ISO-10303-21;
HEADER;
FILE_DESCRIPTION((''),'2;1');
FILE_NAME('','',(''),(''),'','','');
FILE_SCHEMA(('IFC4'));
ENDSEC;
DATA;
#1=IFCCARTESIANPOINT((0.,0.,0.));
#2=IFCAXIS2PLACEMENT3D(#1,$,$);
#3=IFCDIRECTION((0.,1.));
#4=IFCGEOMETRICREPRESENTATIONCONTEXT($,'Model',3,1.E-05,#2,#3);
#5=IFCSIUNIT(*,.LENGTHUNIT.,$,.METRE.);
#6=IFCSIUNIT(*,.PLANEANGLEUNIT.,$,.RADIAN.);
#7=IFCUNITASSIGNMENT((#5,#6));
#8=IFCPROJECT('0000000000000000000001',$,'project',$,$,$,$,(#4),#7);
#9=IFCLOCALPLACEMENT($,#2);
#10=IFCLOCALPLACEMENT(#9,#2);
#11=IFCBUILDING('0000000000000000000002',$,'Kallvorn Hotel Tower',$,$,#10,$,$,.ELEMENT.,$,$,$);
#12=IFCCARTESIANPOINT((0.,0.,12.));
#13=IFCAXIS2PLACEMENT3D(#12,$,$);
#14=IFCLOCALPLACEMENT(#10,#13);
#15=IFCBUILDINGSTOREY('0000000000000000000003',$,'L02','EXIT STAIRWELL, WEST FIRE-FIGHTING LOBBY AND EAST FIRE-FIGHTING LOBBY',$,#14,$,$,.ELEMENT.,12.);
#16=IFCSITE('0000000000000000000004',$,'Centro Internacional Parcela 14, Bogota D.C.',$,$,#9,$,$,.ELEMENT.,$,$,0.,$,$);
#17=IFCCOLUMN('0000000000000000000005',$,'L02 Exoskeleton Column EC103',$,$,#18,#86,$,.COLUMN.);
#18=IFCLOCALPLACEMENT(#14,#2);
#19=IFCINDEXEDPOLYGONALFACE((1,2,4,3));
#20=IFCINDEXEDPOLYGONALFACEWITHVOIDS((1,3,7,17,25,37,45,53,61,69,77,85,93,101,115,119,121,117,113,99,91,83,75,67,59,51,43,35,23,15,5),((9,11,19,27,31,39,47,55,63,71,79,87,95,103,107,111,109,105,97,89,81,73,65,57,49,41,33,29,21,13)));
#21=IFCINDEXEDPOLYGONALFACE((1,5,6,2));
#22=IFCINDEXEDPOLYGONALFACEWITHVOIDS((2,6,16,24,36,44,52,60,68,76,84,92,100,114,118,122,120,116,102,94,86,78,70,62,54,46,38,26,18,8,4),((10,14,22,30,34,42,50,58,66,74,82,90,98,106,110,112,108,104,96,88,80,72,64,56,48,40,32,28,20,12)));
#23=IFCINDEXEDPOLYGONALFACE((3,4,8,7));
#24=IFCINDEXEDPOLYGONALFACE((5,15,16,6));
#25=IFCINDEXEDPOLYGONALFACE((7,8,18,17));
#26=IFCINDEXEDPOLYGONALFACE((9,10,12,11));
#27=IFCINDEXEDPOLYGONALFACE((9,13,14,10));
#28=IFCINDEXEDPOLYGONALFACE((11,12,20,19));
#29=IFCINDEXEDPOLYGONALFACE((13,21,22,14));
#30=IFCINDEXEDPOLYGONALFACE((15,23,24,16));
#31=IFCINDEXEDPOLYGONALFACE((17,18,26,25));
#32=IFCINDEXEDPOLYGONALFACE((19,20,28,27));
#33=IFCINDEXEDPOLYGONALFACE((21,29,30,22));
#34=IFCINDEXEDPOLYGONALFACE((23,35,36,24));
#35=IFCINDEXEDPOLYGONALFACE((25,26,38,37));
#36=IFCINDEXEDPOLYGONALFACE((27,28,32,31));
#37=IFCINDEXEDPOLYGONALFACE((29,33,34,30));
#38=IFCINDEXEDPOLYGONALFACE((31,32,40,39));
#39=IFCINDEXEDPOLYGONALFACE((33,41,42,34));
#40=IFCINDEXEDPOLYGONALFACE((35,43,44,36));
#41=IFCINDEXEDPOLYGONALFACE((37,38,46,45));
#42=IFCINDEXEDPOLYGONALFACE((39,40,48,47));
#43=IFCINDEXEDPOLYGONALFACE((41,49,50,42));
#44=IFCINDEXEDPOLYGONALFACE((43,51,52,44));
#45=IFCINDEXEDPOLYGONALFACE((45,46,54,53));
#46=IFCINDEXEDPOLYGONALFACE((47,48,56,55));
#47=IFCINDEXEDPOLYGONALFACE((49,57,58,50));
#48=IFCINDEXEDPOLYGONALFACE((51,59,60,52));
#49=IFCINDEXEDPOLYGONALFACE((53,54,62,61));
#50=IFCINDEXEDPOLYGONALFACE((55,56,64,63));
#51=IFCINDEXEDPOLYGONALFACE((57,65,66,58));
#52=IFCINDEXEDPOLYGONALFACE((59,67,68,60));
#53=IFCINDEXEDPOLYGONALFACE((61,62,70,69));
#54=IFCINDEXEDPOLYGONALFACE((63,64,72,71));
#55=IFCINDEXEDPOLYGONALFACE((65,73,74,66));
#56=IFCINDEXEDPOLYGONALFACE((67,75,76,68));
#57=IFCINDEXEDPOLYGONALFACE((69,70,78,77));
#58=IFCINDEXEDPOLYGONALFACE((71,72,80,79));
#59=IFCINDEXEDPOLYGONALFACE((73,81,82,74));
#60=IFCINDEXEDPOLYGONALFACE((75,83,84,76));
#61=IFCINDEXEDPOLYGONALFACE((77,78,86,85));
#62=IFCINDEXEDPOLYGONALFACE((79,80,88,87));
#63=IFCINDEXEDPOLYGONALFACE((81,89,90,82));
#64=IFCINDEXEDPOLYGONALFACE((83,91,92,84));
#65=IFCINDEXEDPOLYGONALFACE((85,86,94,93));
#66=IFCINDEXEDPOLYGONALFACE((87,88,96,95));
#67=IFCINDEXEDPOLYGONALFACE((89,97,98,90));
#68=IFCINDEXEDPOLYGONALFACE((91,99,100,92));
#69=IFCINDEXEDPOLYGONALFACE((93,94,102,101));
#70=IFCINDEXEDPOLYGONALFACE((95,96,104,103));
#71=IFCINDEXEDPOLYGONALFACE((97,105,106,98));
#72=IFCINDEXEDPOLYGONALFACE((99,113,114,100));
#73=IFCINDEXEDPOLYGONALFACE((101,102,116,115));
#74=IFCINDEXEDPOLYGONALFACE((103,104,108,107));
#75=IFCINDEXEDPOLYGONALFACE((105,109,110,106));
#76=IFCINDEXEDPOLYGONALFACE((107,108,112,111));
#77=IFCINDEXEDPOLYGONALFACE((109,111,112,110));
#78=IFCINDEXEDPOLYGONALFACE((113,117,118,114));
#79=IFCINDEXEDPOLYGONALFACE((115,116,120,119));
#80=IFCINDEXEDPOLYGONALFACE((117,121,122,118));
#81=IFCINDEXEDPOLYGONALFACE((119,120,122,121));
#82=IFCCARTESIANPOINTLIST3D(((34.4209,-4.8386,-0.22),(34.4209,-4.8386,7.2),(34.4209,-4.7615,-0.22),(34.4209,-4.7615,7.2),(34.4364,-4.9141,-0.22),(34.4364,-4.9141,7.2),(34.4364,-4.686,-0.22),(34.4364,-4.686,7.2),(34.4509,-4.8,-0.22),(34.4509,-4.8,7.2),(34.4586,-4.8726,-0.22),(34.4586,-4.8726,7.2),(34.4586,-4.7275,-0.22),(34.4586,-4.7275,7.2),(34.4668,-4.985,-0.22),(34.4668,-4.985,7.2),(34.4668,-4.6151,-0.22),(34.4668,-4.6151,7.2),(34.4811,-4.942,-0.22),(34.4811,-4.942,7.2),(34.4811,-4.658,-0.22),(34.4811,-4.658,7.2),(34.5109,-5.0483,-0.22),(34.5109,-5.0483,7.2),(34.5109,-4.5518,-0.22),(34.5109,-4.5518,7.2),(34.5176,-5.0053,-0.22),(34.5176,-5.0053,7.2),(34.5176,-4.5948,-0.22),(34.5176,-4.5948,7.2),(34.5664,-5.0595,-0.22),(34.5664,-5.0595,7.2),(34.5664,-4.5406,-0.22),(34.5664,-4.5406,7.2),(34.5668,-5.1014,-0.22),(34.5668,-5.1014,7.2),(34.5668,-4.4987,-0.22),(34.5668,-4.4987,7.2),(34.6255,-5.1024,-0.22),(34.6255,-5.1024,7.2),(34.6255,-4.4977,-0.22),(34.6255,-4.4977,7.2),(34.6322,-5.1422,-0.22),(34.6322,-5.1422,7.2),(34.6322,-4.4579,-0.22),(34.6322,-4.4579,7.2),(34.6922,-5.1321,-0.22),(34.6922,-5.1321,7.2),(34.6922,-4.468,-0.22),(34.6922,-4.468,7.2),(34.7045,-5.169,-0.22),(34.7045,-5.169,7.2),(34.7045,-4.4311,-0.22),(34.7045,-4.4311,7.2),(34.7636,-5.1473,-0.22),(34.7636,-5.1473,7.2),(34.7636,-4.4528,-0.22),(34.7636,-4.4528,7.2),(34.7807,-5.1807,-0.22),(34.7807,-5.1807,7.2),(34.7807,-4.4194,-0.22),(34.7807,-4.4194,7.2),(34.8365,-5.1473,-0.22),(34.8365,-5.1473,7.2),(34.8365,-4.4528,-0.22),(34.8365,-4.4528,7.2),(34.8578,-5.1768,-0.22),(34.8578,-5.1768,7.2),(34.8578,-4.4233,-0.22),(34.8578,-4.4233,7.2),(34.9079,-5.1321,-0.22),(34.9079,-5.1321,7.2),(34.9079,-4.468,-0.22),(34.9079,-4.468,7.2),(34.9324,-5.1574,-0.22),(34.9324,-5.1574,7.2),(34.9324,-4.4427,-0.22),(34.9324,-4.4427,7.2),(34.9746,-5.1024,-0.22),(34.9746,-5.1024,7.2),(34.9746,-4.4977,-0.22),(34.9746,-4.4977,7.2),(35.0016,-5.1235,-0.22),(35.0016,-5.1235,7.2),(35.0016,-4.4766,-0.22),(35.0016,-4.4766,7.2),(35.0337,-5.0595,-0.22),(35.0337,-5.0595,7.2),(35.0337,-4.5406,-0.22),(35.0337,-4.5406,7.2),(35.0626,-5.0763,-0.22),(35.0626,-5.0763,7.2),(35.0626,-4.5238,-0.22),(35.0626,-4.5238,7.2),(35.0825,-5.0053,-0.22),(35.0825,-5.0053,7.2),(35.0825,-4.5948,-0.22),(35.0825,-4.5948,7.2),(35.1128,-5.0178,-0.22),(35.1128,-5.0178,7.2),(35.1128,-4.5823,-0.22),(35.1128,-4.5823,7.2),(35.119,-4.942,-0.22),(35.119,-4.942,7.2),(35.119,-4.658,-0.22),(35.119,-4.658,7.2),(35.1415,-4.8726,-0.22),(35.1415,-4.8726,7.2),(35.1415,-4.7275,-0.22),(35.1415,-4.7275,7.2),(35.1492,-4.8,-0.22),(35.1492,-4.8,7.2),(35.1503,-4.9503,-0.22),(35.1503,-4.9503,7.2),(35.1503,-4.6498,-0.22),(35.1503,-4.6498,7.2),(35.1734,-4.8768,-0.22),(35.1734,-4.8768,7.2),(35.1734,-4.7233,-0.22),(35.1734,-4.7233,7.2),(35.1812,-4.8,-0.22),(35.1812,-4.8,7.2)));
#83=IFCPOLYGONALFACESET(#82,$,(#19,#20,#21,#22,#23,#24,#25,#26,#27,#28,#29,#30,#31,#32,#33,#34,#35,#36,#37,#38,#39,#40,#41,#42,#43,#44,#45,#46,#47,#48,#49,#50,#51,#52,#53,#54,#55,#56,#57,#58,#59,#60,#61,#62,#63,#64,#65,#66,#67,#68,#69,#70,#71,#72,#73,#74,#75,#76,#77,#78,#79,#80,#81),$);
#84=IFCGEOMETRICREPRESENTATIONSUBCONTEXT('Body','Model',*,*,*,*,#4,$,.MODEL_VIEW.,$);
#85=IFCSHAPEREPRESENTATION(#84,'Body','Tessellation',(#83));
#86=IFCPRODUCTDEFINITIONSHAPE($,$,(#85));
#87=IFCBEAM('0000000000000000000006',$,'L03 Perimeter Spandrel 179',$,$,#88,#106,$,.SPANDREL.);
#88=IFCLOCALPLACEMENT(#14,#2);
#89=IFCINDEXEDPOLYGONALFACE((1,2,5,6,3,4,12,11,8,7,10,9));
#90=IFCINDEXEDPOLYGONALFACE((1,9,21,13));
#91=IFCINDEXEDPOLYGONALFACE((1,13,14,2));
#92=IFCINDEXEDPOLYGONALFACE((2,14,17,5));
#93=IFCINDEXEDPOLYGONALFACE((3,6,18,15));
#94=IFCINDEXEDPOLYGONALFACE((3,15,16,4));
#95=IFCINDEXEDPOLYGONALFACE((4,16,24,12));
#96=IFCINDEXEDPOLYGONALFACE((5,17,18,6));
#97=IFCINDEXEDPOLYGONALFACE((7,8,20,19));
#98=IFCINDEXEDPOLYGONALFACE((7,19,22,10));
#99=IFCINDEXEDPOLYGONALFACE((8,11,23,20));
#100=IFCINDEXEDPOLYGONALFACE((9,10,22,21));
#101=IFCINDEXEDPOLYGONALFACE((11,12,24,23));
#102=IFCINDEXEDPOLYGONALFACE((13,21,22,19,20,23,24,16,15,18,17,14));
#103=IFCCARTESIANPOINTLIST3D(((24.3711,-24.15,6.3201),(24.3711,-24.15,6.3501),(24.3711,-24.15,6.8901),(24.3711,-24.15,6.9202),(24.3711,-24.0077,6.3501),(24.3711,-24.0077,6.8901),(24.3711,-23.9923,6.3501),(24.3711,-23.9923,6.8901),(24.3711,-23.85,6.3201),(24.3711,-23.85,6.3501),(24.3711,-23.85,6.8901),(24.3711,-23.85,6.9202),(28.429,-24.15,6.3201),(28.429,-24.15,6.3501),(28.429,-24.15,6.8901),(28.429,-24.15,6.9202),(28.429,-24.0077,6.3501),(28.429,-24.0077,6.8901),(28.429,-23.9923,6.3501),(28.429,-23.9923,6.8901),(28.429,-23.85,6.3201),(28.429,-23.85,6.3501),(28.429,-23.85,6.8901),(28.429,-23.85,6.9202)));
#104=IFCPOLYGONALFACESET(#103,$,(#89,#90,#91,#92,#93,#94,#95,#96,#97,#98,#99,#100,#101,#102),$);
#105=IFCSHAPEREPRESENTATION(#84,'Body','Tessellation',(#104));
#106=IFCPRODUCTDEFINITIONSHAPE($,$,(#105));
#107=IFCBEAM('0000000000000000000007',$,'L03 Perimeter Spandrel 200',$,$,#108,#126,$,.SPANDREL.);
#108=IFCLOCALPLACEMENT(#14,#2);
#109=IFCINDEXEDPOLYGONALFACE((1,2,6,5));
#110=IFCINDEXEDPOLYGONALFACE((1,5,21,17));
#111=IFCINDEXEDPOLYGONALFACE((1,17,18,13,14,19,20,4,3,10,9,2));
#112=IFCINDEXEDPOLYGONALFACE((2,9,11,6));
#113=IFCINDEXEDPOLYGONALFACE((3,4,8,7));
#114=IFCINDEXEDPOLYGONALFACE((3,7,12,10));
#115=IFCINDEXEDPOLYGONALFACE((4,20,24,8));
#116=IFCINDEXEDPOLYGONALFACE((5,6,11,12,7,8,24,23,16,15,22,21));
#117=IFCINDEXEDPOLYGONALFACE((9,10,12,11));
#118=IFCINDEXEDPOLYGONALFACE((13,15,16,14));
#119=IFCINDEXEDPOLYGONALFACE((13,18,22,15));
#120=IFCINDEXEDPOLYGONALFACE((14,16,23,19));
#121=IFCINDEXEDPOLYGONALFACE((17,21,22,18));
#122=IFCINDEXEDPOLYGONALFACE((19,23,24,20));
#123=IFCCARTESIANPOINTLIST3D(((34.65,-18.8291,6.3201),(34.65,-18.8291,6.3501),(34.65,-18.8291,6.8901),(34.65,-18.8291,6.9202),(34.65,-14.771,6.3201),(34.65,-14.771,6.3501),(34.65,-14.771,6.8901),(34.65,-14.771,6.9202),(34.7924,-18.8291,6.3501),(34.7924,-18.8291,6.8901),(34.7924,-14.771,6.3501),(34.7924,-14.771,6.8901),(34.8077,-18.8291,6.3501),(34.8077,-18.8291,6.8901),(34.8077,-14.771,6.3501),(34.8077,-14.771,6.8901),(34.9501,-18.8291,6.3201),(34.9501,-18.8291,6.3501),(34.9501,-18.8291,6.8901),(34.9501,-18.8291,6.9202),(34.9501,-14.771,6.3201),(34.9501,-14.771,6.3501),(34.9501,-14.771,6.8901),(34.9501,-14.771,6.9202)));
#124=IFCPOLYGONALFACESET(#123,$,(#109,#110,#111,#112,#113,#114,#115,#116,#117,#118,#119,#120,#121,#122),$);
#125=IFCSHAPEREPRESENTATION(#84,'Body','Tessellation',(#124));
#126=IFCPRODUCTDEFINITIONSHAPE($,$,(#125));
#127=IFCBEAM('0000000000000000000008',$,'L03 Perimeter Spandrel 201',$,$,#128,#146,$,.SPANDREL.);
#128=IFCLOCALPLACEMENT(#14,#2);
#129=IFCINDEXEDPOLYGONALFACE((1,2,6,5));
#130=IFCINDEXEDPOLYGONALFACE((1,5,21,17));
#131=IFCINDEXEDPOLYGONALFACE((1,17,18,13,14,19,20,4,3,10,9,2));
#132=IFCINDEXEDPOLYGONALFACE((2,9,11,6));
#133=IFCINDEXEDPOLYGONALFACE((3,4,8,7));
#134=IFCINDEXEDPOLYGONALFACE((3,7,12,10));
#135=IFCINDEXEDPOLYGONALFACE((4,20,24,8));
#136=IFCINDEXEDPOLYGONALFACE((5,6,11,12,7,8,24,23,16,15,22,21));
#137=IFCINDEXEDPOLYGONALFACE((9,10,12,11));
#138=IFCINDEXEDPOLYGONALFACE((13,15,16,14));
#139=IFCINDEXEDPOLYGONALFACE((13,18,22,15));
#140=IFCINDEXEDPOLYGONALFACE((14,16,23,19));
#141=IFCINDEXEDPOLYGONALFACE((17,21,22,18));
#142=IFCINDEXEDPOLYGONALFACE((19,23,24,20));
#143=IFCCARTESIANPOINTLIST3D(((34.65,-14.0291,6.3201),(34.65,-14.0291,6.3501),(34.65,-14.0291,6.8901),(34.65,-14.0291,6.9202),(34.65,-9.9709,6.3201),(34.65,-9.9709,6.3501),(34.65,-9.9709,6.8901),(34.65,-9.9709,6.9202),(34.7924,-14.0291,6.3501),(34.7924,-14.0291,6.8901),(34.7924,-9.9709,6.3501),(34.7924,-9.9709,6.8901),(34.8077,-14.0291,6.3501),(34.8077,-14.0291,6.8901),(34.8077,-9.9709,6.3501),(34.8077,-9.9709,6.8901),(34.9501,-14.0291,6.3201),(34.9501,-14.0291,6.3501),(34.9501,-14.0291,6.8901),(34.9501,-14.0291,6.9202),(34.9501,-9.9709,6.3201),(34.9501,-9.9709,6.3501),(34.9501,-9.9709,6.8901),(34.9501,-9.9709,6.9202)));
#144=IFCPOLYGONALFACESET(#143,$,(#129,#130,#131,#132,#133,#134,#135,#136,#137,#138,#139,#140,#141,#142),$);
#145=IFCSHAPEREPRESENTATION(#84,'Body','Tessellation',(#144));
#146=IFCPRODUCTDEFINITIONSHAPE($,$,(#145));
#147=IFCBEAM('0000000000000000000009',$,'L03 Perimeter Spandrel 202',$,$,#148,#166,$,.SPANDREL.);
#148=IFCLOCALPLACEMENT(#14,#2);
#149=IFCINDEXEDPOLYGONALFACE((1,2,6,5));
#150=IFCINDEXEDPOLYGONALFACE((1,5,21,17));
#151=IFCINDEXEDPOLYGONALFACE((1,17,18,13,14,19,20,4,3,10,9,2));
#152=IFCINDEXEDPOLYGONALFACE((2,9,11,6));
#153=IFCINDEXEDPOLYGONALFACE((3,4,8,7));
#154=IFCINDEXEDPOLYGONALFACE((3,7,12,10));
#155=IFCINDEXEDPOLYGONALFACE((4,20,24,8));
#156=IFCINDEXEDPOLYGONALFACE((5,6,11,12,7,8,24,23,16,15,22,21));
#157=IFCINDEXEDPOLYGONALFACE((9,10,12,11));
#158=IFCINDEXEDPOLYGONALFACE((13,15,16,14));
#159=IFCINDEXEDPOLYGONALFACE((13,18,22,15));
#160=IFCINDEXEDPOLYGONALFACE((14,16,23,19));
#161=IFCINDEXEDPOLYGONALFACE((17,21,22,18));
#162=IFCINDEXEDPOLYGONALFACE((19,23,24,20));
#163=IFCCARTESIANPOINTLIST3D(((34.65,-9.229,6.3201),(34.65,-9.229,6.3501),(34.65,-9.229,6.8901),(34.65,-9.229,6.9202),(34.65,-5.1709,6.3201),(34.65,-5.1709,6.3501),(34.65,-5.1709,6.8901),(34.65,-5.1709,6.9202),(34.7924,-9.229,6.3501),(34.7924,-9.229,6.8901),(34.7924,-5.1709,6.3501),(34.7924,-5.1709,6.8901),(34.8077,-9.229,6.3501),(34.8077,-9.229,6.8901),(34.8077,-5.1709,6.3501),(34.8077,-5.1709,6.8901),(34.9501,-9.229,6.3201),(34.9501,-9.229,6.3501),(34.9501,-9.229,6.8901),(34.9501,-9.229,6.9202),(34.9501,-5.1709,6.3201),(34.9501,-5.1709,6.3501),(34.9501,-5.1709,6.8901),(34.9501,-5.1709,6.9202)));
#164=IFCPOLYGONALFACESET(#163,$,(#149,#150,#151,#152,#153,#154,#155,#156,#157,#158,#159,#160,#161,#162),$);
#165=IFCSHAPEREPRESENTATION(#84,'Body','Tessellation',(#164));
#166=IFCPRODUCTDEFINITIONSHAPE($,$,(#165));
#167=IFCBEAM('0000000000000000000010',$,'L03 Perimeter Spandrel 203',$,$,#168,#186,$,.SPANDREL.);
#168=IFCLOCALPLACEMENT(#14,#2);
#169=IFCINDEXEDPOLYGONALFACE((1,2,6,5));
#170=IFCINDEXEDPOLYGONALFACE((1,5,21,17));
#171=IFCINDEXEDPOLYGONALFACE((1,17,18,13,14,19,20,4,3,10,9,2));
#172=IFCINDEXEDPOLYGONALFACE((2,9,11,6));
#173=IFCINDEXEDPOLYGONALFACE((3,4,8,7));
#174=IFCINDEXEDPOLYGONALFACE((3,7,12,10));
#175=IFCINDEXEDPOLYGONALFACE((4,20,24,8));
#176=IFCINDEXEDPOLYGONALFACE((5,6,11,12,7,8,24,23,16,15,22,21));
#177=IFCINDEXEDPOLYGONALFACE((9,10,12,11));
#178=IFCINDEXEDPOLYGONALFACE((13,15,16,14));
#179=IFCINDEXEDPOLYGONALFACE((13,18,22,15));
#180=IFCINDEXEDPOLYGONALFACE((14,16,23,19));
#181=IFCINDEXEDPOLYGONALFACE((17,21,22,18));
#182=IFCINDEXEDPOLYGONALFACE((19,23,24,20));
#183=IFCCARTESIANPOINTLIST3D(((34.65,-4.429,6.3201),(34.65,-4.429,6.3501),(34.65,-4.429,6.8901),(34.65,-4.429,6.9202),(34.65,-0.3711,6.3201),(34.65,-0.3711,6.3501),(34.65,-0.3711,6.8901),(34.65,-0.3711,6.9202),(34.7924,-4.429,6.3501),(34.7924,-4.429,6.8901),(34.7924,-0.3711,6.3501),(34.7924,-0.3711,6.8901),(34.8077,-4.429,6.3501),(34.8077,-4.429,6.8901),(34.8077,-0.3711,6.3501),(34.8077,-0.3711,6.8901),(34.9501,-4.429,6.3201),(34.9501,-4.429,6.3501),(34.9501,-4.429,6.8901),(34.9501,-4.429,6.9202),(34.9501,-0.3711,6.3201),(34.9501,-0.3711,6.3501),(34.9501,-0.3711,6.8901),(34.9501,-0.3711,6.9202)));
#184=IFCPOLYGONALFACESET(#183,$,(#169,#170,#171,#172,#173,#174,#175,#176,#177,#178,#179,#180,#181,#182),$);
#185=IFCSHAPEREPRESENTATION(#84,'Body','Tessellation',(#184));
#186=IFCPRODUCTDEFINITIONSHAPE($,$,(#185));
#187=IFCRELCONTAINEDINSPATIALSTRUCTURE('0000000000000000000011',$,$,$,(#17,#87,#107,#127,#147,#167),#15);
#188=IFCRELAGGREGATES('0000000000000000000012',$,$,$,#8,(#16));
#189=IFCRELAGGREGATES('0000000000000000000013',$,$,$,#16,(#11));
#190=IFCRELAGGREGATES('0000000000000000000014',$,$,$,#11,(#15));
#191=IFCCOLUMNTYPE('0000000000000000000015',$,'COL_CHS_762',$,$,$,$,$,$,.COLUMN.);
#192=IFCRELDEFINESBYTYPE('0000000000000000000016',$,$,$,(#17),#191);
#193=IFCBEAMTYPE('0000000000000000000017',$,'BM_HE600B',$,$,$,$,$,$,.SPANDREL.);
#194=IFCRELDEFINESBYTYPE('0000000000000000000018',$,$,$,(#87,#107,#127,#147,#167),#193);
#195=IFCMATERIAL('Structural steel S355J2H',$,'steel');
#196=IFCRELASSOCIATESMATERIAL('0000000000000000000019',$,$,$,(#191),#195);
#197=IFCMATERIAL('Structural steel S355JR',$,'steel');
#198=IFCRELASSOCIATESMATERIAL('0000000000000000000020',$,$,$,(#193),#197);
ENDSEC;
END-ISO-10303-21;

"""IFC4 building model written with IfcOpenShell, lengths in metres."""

from ifc_helpers import new_model, si_unit, direction, frame, origin, origin_2d, place, context, subcontext, project, spatial, hollow_circle, i_section, extrude, material, material_profile, profile_set, type_object, element, save


model = new_model("IFC4")

# Units and contexts
model_context = context("Model", 3, precision=1e-05, world=origin(), true_north=direction((0.0, 1.0)))
body_context = subcontext(model_context, "Body", "Model", "MODEL_VIEW")
ifc_project = project(units=[si_unit("LENGTHUNIT", "METRE"), si_unit("PLANEANGLEUNIT", "RADIAN")], contexts=[model_context])

# Site, building, storey
site_placement = place(None, origin())
site = spatial("IfcSite", under=ifc_project, at=site_placement, Name="Centro Internacional Parcela 14, Bogota D.C.", CompositionType="ELEMENT", RefElevation=0.0)
building_placement = place(site_placement, origin())
building = spatial("IfcBuilding", under=site, at=building_placement, Name="Kallvorn Hotel Tower", CompositionType="ELEMENT")
storey_placement = place(building_placement, frame((0.0, 0.0, 12.0)))
storey = spatial("IfcBuildingStorey", under=building, at=storey_placement, Name="L02", Description="EXIT STAIRWELL, WEST FIRE-FIGHTING LOBBY AND EAST FIRE-FIGHTING LOBBY", CompositionType="ELEMENT", Elevation=12.0)

# Column
ifc_material_1 = material(Name="Structural steel S355J2H", Category="steel")
ifc_material_profile_1 = material_profile(ifc_material_1, hollow_circle(Radius=0.3811, WallThickness=0.032, at=origin_2d()), Name="CHS 762x32")
ifc_profile_set_1 = profile_set([ifc_material_profile_1], Name="Structural steel S355J2H")
column_type = type_object("IfcColumnType", Name="COL_CHS_762", PredefinedType="COLUMN", material=ifc_profile_set_1)
for number, where, z_axis, x_axis, name in (
    (1, (34.8, -4.8, -0.22), (0.0, 0.0, 1.0), (1.0, 0.0, 0.0), "L02 Exoskeleton Column EC103"),
):
    element("IfcColumn", number, at=place(storey_placement, frame(where, z_axis=z_axis, x_axis=x_axis)), inside=storey, type_object=column_type, Name=name, PredefinedType="COLUMN", context=body_context, shape_type="SweptSolid", body=[
        extrude(hollow_circle(Radius=0.3811, WallThickness=0.032, at=origin_2d()), origin(), (0.0, 0.0, 1.0), 7.4199),
    ])

# Beams
ifc_material_2 = material(Name="Structural steel S355JR", Category="steel")
ifc_material_profile_2 = material_profile(ifc_material_2, i_section(OverallWidth=0.3, OverallDepth=0.6001, WebThickness=0.0154, FlangeThickness=0.03, at=origin_2d()), Name="HE 600 B")
ifc_profile_set_2 = profile_set([ifc_material_profile_2], Name="Structural steel S355JR")
beam_type_1 = type_object("IfcBeamType", Name="BM_HE600B", PredefinedType="SPANDREL", material=ifc_profile_set_2)
beam_1_placement = place(storey_placement, frame((24.3711, -24.0, 6.6201), z_axis=(1.0, 0.0, 0.0), x_axis=(0.0, 1.0, 0.0)))
element("IfcBeam", 2, at=beam_1_placement, inside=storey, type_object=beam_type_1, Name="L03 Perimeter Spandrel 179", PredefinedType="SPANDREL", context=body_context, shape_type="SweptSolid", body=[
    extrude(i_section(OverallWidth=0.3, OverallDepth=0.6001, WebThickness=0.0154, FlangeThickness=0.03, at=origin_2d()), origin(), (0.0, 0.0, 1.0), 4.0579),
])
for number, where, z_axis, x_axis, name in (
    (3, (34.8, -18.8291, 6.6201), (0.0, 1.0, 0.0), (-1.0, 0.0, 0.0), "L03 Perimeter Spandrel 200"),
    (4, (34.8, -14.0291, 6.6201), (0.0, 1.0, 0.0), (-1.0, 0.0, 0.0), "L03 Perimeter Spandrel 201"),
    (5, (34.8, -9.229, 6.6201), (0.0, 1.0, 0.0), (-1.0, 0.0, 0.0), "L03 Perimeter Spandrel 202"),
):
    element("IfcBeam", number, at=place(storey_placement, frame(where, z_axis=z_axis, x_axis=x_axis)), inside=storey, type_object=beam_type_1, Name=name, PredefinedType="SPANDREL", context=body_context, shape_type="SweptSolid", body=[
        extrude(i_section(OverallWidth=0.3, OverallDepth=0.6001, WebThickness=0.0154, FlangeThickness=0.03, at=origin_2d()), origin(), (0.0, 0.0, 1.0), 4.0581),
    ])
beam_2_placement = place(storey_placement, frame((34.8, -4.429, 6.6201), z_axis=(0.0, 1.0, 0.0), x_axis=(-1.0, 0.0, 0.0)))
element("IfcBeam", 6, at=beam_2_placement, inside=storey, type_object=beam_type_1, Name="L03 Perimeter Spandrel 203", PredefinedType="SPANDREL", context=body_context, shape_type="SweptSolid", body=[
    extrude(i_section(OverallWidth=0.3, OverallDepth=0.6001, WebThickness=0.0154, FlangeThickness=0.03, at=origin_2d()), origin(), (0.0, 0.0, 1.0), 4.0579),
])

save(model, "model.ifc")
